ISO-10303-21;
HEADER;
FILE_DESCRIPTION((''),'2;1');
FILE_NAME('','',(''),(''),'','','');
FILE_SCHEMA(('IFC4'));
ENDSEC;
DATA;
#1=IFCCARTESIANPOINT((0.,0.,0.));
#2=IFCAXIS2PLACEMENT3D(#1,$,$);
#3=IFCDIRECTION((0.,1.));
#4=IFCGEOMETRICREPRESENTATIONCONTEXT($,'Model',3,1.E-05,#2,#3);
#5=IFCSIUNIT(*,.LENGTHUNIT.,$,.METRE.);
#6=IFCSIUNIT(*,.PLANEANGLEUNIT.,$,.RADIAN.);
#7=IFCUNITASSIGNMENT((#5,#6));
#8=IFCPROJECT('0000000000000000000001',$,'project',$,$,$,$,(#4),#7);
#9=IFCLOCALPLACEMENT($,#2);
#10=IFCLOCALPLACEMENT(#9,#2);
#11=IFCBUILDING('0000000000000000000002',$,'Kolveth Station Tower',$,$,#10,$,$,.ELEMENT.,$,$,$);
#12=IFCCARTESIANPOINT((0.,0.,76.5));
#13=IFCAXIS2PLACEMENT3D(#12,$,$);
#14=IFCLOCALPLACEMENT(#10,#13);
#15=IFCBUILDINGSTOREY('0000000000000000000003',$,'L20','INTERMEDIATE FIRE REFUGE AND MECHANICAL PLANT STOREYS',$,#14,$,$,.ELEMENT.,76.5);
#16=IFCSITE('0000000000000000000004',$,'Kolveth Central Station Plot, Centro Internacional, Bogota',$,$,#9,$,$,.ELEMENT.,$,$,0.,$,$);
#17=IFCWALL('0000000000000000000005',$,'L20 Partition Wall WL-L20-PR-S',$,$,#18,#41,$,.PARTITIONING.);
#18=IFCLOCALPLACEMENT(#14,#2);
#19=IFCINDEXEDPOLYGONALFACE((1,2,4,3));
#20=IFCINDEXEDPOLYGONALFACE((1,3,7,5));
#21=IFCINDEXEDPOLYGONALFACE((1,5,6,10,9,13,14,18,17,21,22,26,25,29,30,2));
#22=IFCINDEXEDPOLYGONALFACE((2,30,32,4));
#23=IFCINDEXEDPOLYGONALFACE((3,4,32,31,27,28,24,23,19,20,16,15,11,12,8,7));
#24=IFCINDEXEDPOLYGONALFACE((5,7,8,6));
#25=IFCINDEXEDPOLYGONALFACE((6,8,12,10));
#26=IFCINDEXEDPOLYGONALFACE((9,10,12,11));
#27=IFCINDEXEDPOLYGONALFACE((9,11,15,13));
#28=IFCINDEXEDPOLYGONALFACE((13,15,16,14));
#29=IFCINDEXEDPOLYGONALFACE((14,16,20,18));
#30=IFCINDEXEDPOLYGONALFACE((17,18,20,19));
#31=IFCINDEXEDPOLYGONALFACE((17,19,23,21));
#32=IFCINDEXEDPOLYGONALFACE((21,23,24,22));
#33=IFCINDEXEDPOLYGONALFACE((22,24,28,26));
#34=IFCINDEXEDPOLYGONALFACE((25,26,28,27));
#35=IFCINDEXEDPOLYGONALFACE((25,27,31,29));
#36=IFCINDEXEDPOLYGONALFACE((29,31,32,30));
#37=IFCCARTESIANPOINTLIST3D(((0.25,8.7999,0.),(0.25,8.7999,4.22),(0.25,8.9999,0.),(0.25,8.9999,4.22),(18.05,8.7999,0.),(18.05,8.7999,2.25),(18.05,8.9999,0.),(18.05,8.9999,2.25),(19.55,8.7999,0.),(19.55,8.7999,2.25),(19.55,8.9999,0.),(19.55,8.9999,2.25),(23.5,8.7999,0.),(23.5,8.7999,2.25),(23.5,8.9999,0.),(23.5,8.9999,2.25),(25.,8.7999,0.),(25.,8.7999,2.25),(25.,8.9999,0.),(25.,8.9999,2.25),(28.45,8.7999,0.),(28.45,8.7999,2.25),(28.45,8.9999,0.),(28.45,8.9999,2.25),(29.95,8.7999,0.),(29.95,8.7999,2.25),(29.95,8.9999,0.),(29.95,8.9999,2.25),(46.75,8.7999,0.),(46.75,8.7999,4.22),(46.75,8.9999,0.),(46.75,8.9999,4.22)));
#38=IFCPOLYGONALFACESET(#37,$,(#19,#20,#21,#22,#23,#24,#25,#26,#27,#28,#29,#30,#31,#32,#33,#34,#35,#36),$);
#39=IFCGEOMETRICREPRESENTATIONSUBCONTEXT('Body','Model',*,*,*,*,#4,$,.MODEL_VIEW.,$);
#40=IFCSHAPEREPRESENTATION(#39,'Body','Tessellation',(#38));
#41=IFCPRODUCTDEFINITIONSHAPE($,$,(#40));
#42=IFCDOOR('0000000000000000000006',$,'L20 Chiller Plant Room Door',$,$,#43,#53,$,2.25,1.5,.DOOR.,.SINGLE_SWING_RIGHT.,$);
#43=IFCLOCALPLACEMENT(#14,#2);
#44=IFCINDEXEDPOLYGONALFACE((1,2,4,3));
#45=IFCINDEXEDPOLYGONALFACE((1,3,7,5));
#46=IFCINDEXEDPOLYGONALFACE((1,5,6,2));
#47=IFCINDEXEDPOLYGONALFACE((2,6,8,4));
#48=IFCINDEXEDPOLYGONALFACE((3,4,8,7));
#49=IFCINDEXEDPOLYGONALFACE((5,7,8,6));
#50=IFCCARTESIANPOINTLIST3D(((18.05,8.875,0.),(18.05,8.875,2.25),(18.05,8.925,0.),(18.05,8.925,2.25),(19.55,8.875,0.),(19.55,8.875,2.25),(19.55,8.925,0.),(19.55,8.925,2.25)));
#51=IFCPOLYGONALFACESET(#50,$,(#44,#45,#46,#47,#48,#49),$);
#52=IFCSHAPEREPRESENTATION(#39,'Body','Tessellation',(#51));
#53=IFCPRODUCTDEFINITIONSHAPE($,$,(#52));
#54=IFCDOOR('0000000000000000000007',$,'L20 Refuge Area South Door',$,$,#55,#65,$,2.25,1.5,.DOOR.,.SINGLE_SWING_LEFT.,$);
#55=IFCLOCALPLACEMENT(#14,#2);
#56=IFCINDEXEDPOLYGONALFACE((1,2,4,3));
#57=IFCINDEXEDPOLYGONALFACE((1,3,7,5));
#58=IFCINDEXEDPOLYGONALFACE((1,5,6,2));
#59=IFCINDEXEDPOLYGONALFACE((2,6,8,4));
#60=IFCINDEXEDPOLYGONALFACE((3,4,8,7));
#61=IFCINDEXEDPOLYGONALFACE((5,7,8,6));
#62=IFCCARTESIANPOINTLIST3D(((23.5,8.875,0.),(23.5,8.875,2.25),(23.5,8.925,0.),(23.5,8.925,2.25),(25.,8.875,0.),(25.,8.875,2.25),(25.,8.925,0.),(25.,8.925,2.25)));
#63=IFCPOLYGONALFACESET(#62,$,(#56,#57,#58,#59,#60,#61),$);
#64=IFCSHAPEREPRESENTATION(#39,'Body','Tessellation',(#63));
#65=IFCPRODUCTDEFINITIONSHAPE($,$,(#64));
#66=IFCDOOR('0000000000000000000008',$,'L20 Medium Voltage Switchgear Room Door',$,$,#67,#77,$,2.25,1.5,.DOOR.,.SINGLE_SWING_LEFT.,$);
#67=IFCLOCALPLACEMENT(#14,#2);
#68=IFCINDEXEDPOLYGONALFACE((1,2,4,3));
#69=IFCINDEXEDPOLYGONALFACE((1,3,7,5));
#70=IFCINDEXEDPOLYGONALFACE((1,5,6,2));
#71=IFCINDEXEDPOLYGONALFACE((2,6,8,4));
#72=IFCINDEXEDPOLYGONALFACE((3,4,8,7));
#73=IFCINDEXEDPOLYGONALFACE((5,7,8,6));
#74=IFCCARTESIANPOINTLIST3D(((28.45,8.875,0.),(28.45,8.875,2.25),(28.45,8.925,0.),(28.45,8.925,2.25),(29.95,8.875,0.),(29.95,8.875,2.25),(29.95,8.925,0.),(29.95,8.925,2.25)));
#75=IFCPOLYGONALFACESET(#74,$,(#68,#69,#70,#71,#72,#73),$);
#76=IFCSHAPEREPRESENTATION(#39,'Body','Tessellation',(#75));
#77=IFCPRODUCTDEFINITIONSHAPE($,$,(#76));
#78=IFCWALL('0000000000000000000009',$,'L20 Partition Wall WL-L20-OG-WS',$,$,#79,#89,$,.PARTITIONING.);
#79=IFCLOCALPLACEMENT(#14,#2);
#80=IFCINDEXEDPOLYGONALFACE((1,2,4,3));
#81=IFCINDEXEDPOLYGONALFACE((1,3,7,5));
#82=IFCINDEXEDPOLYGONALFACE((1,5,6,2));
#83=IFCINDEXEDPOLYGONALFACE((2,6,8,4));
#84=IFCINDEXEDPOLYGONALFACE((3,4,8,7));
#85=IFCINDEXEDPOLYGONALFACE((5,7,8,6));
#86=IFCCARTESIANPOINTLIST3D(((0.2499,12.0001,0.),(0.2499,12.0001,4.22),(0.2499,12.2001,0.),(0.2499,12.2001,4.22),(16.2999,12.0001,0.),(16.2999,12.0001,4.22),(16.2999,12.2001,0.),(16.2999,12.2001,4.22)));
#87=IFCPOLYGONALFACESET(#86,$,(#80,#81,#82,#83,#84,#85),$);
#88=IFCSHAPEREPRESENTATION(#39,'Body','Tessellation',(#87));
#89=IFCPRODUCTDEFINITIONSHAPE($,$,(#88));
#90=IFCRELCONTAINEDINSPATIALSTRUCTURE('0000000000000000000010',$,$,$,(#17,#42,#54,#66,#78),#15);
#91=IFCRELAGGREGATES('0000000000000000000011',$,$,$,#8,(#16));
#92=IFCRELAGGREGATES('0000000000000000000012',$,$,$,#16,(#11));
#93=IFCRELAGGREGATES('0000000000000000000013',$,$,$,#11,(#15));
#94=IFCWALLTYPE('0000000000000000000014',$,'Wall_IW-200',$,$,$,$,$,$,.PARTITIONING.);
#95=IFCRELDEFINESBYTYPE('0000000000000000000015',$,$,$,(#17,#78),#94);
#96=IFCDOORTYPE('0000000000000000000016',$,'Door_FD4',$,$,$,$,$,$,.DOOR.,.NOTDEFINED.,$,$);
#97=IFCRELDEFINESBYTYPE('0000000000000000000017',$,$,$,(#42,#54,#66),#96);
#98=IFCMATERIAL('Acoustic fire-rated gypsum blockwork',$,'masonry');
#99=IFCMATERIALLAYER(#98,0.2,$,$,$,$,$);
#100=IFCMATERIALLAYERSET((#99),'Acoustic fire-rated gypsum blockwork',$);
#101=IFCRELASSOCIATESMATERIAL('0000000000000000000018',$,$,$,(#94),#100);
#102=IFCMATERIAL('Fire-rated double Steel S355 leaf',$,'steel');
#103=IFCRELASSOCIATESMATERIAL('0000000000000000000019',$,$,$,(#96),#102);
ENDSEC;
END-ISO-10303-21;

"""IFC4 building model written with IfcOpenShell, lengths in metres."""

from ifc_helpers import new_model, si_unit, direction, frame, frame_2d, origin, place, context, subcontext, project, spatial, rectangle, extrude, material, layer, layer_set, type_object, element, fill, save


model = new_model("IFC4")

# Units and contexts
model_context = context("Model", 3, precision=1e-05, world=origin(), true_north=direction((0.0, 1.0)))
body_context = subcontext(model_context, "Body", "Model", "MODEL_VIEW")
ifc_project = project(units=[si_unit("LENGTHUNIT", "METRE"), si_unit("PLANEANGLEUNIT", "RADIAN")], contexts=[model_context])

# Site, building, storey
site_placement = place(None, origin())
site = spatial("IfcSite", under=ifc_project, at=site_placement, Name="Kolveth Central Station Plot, Centro Internacional, Bogota", CompositionType="ELEMENT", RefElevation=0.0)
building_placement = place(site_placement, origin())
building = spatial("IfcBuilding", under=site, at=building_placement, Name="Kolveth Station Tower", CompositionType="ELEMENT")
storey_placement = place(building_placement, frame((0.0, 0.0, 76.5)))
storey = spatial("IfcBuildingStorey", under=building, at=storey_placement, Name="L20", Description="INTERMEDIATE FIRE REFUGE AND MECHANICAL PLANT STOREYS", CompositionType="ELEMENT", Elevation=76.5)

# Wall, openings, doors
ifc_material_1 = material(Name="Acoustic fire-rated gypsum blockwork", Category="masonry")
ifc_layer_1 = layer(ifc_material_1, 0.2)
ifc_layer_set_1 = layer_set([ifc_layer_1], Name="Acoustic fire-rated gypsum blockwork")
wall_type = type_object("IfcWallType", Name="Wall_IW-200", PredefinedType="PARTITIONING", material=ifc_layer_set_1)
wall_1_placement = place(storey_placement, frame((0.25, 8.8999, 0.0), z_axis=(0.0, 0.0, 1.0), x_axis=(1.0, 0.0, 0.0)))
wall_1 = element("IfcWall", 1, at=wall_1_placement, inside=storey, type_object=wall_type, Name="L20 Partition Wall WL-L20-PR-S", PredefinedType="PARTITIONING", context=body_context, shape_type="SweptSolid", body=[
    extrude(rectangle(XDim=46.5, YDim=0.2, at=frame_2d((23.25, 0.0))), origin(), (0.0, 0.0, 1.0), 4.22),
])
opening_1_placement = place(wall_1_placement, frame((17.8, 0.0, 0.0)))
opening_1 = element("IfcOpeningElement", 2, at=opening_1_placement, cuts=wall_1, PredefinedType="OPENING", context=body_context, shape_type="SweptSolid", body=[
    extrude(rectangle(XDim=1.5, YDim=2.25, at=frame_2d((0.75, 1.125))), frame((0.0, 0.1099, 0.0), z_axis=(0.0, -1.0, 0.0), x_axis=(1.0, 0.0, 0.0)), (0.0, 0.0, 1.0), 0.22),
])
opening_2_placement = place(wall_1_placement, frame((23.25, 0.0, 0.0)))
opening_2 = element("IfcOpeningElement", 3, at=opening_2_placement, cuts=wall_1, PredefinedType="OPENING", context=body_context, shape_type="SweptSolid", body=[
    extrude(rectangle(XDim=1.5, YDim=2.25, at=frame_2d((0.75, 1.125))), frame((0.0, 0.1099, 0.0), z_axis=(0.0, -1.0, 0.0), x_axis=(1.0, 0.0, 0.0)), (0.0, 0.0, 1.0), 0.22),
])
opening_3_placement = place(wall_1_placement, frame((28.2, 0.0, 0.0)))
opening_3 = element("IfcOpeningElement", 4, at=opening_3_placement, cuts=wall_1, PredefinedType="OPENING", context=body_context, shape_type="SweptSolid", body=[
    extrude(rectangle(XDim=1.5, YDim=2.25, at=frame_2d((0.75, 1.125))), frame((0.0, 0.1099, 0.0), z_axis=(0.0, -1.0, 0.0), x_axis=(1.0, 0.0, 0.0)), (0.0, 0.0, 1.0), 0.22),
])
ifc_material_2 = material(Name="Fire-rated double Steel S355 leaf", Category="steel")
door_type = type_object("IfcDoorType", Name="Door_FD4", OperationType="NOTDEFINED", PredefinedType="DOOR", material=ifc_material_2)
door_1_placement = place(opening_1_placement, frame((1.5, 0.0, 0.0), z_axis=(0.0, 0.0, 1.0), x_axis=(-1.0, 0.0, 0.0)))
door_1 = element("IfcDoor", 5, at=door_1_placement, inside=storey, type_object=door_type, Name="L20 Chiller Plant Room Door", OperationType="SINGLE_SWING_RIGHT", OverallHeight=2.25, OverallWidth=1.5, PredefinedType="DOOR", context=body_context, shape_type="SweptSolid", body=[
    extrude(rectangle(XDim=1.5, YDim=2.25, at=frame_2d((0.75, 1.125))), frame((0.0, 0.0249, 0.0), z_axis=(0.0, -1.0, 0.0), x_axis=(1.0, 0.0, 0.0)), (0.0, 0.0, 1.0), 0.05),
])
fill(opening_1, door_1)
door_2_placement = place(opening_2_placement, frame((1.5, 0.0, 0.0), z_axis=(0.0, 0.0, 1.0), x_axis=(-1.0, 0.0, 0.0)))
door_2 = element("IfcDoor", 6, at=door_2_placement, inside=storey, type_object=door_type, Name="L20 Refuge Area South Door", OperationType="SINGLE_SWING_LEFT", OverallHeight=2.25, OverallWidth=1.5, PredefinedType="DOOR", context=body_context, shape_type="SweptSolid", body=[
    extrude(rectangle(XDim=1.5, YDim=2.25, at=frame_2d((0.75, 1.125))), frame((0.0, 0.0249, 0.0), z_axis=(0.0, -1.0, 0.0), x_axis=(1.0, 0.0, 0.0)), (0.0, 0.0, 1.0), 0.05),
])
fill(opening_2, door_2)
door_3_placement = place(opening_3_placement, frame((1.5, 0.0, 0.0), z_axis=(0.0, 0.0, 1.0), x_axis=(-1.0, 0.0, 0.0)))
door_3 = element("IfcDoor", 7, at=door_3_placement, inside=storey, type_object=door_type, Name="L20 Medium Voltage Switchgear Room Door", OperationType="SINGLE_SWING_LEFT", OverallHeight=2.25, OverallWidth=1.5, PredefinedType="DOOR", context=body_context, shape_type="SweptSolid", body=[
    extrude(rectangle(XDim=1.5, YDim=2.25, at=frame_2d((0.75, 1.125))), frame((0.0, 0.0249, 0.0), z_axis=(0.0, -1.0, 0.0), x_axis=(1.0, 0.0, 0.0)), (0.0, 0.0, 1.0), 0.05),
])
fill(opening_3, door_3)

# Wall
wall_2_placement = place(storey_placement, frame((0.25, 12.1001, 0.0), z_axis=(0.0, 0.0, 1.0), x_axis=(1.0, 0.0, 0.0)))
element("IfcWall", 8, at=wall_2_placement, inside=storey, type_object=wall_type, Name="L20 Partition Wall WL-L20-OG-WS", PredefinedType="PARTITIONING", context=body_context, shape_type="SweptSolid", body=[
    extrude(rectangle(XDim=16.05, YDim=0.2, at=frame_2d((8.0249, 0.0))), origin(), (0.0, 0.0, 1.0), 4.22),
])

save(model, "model.ifc")
